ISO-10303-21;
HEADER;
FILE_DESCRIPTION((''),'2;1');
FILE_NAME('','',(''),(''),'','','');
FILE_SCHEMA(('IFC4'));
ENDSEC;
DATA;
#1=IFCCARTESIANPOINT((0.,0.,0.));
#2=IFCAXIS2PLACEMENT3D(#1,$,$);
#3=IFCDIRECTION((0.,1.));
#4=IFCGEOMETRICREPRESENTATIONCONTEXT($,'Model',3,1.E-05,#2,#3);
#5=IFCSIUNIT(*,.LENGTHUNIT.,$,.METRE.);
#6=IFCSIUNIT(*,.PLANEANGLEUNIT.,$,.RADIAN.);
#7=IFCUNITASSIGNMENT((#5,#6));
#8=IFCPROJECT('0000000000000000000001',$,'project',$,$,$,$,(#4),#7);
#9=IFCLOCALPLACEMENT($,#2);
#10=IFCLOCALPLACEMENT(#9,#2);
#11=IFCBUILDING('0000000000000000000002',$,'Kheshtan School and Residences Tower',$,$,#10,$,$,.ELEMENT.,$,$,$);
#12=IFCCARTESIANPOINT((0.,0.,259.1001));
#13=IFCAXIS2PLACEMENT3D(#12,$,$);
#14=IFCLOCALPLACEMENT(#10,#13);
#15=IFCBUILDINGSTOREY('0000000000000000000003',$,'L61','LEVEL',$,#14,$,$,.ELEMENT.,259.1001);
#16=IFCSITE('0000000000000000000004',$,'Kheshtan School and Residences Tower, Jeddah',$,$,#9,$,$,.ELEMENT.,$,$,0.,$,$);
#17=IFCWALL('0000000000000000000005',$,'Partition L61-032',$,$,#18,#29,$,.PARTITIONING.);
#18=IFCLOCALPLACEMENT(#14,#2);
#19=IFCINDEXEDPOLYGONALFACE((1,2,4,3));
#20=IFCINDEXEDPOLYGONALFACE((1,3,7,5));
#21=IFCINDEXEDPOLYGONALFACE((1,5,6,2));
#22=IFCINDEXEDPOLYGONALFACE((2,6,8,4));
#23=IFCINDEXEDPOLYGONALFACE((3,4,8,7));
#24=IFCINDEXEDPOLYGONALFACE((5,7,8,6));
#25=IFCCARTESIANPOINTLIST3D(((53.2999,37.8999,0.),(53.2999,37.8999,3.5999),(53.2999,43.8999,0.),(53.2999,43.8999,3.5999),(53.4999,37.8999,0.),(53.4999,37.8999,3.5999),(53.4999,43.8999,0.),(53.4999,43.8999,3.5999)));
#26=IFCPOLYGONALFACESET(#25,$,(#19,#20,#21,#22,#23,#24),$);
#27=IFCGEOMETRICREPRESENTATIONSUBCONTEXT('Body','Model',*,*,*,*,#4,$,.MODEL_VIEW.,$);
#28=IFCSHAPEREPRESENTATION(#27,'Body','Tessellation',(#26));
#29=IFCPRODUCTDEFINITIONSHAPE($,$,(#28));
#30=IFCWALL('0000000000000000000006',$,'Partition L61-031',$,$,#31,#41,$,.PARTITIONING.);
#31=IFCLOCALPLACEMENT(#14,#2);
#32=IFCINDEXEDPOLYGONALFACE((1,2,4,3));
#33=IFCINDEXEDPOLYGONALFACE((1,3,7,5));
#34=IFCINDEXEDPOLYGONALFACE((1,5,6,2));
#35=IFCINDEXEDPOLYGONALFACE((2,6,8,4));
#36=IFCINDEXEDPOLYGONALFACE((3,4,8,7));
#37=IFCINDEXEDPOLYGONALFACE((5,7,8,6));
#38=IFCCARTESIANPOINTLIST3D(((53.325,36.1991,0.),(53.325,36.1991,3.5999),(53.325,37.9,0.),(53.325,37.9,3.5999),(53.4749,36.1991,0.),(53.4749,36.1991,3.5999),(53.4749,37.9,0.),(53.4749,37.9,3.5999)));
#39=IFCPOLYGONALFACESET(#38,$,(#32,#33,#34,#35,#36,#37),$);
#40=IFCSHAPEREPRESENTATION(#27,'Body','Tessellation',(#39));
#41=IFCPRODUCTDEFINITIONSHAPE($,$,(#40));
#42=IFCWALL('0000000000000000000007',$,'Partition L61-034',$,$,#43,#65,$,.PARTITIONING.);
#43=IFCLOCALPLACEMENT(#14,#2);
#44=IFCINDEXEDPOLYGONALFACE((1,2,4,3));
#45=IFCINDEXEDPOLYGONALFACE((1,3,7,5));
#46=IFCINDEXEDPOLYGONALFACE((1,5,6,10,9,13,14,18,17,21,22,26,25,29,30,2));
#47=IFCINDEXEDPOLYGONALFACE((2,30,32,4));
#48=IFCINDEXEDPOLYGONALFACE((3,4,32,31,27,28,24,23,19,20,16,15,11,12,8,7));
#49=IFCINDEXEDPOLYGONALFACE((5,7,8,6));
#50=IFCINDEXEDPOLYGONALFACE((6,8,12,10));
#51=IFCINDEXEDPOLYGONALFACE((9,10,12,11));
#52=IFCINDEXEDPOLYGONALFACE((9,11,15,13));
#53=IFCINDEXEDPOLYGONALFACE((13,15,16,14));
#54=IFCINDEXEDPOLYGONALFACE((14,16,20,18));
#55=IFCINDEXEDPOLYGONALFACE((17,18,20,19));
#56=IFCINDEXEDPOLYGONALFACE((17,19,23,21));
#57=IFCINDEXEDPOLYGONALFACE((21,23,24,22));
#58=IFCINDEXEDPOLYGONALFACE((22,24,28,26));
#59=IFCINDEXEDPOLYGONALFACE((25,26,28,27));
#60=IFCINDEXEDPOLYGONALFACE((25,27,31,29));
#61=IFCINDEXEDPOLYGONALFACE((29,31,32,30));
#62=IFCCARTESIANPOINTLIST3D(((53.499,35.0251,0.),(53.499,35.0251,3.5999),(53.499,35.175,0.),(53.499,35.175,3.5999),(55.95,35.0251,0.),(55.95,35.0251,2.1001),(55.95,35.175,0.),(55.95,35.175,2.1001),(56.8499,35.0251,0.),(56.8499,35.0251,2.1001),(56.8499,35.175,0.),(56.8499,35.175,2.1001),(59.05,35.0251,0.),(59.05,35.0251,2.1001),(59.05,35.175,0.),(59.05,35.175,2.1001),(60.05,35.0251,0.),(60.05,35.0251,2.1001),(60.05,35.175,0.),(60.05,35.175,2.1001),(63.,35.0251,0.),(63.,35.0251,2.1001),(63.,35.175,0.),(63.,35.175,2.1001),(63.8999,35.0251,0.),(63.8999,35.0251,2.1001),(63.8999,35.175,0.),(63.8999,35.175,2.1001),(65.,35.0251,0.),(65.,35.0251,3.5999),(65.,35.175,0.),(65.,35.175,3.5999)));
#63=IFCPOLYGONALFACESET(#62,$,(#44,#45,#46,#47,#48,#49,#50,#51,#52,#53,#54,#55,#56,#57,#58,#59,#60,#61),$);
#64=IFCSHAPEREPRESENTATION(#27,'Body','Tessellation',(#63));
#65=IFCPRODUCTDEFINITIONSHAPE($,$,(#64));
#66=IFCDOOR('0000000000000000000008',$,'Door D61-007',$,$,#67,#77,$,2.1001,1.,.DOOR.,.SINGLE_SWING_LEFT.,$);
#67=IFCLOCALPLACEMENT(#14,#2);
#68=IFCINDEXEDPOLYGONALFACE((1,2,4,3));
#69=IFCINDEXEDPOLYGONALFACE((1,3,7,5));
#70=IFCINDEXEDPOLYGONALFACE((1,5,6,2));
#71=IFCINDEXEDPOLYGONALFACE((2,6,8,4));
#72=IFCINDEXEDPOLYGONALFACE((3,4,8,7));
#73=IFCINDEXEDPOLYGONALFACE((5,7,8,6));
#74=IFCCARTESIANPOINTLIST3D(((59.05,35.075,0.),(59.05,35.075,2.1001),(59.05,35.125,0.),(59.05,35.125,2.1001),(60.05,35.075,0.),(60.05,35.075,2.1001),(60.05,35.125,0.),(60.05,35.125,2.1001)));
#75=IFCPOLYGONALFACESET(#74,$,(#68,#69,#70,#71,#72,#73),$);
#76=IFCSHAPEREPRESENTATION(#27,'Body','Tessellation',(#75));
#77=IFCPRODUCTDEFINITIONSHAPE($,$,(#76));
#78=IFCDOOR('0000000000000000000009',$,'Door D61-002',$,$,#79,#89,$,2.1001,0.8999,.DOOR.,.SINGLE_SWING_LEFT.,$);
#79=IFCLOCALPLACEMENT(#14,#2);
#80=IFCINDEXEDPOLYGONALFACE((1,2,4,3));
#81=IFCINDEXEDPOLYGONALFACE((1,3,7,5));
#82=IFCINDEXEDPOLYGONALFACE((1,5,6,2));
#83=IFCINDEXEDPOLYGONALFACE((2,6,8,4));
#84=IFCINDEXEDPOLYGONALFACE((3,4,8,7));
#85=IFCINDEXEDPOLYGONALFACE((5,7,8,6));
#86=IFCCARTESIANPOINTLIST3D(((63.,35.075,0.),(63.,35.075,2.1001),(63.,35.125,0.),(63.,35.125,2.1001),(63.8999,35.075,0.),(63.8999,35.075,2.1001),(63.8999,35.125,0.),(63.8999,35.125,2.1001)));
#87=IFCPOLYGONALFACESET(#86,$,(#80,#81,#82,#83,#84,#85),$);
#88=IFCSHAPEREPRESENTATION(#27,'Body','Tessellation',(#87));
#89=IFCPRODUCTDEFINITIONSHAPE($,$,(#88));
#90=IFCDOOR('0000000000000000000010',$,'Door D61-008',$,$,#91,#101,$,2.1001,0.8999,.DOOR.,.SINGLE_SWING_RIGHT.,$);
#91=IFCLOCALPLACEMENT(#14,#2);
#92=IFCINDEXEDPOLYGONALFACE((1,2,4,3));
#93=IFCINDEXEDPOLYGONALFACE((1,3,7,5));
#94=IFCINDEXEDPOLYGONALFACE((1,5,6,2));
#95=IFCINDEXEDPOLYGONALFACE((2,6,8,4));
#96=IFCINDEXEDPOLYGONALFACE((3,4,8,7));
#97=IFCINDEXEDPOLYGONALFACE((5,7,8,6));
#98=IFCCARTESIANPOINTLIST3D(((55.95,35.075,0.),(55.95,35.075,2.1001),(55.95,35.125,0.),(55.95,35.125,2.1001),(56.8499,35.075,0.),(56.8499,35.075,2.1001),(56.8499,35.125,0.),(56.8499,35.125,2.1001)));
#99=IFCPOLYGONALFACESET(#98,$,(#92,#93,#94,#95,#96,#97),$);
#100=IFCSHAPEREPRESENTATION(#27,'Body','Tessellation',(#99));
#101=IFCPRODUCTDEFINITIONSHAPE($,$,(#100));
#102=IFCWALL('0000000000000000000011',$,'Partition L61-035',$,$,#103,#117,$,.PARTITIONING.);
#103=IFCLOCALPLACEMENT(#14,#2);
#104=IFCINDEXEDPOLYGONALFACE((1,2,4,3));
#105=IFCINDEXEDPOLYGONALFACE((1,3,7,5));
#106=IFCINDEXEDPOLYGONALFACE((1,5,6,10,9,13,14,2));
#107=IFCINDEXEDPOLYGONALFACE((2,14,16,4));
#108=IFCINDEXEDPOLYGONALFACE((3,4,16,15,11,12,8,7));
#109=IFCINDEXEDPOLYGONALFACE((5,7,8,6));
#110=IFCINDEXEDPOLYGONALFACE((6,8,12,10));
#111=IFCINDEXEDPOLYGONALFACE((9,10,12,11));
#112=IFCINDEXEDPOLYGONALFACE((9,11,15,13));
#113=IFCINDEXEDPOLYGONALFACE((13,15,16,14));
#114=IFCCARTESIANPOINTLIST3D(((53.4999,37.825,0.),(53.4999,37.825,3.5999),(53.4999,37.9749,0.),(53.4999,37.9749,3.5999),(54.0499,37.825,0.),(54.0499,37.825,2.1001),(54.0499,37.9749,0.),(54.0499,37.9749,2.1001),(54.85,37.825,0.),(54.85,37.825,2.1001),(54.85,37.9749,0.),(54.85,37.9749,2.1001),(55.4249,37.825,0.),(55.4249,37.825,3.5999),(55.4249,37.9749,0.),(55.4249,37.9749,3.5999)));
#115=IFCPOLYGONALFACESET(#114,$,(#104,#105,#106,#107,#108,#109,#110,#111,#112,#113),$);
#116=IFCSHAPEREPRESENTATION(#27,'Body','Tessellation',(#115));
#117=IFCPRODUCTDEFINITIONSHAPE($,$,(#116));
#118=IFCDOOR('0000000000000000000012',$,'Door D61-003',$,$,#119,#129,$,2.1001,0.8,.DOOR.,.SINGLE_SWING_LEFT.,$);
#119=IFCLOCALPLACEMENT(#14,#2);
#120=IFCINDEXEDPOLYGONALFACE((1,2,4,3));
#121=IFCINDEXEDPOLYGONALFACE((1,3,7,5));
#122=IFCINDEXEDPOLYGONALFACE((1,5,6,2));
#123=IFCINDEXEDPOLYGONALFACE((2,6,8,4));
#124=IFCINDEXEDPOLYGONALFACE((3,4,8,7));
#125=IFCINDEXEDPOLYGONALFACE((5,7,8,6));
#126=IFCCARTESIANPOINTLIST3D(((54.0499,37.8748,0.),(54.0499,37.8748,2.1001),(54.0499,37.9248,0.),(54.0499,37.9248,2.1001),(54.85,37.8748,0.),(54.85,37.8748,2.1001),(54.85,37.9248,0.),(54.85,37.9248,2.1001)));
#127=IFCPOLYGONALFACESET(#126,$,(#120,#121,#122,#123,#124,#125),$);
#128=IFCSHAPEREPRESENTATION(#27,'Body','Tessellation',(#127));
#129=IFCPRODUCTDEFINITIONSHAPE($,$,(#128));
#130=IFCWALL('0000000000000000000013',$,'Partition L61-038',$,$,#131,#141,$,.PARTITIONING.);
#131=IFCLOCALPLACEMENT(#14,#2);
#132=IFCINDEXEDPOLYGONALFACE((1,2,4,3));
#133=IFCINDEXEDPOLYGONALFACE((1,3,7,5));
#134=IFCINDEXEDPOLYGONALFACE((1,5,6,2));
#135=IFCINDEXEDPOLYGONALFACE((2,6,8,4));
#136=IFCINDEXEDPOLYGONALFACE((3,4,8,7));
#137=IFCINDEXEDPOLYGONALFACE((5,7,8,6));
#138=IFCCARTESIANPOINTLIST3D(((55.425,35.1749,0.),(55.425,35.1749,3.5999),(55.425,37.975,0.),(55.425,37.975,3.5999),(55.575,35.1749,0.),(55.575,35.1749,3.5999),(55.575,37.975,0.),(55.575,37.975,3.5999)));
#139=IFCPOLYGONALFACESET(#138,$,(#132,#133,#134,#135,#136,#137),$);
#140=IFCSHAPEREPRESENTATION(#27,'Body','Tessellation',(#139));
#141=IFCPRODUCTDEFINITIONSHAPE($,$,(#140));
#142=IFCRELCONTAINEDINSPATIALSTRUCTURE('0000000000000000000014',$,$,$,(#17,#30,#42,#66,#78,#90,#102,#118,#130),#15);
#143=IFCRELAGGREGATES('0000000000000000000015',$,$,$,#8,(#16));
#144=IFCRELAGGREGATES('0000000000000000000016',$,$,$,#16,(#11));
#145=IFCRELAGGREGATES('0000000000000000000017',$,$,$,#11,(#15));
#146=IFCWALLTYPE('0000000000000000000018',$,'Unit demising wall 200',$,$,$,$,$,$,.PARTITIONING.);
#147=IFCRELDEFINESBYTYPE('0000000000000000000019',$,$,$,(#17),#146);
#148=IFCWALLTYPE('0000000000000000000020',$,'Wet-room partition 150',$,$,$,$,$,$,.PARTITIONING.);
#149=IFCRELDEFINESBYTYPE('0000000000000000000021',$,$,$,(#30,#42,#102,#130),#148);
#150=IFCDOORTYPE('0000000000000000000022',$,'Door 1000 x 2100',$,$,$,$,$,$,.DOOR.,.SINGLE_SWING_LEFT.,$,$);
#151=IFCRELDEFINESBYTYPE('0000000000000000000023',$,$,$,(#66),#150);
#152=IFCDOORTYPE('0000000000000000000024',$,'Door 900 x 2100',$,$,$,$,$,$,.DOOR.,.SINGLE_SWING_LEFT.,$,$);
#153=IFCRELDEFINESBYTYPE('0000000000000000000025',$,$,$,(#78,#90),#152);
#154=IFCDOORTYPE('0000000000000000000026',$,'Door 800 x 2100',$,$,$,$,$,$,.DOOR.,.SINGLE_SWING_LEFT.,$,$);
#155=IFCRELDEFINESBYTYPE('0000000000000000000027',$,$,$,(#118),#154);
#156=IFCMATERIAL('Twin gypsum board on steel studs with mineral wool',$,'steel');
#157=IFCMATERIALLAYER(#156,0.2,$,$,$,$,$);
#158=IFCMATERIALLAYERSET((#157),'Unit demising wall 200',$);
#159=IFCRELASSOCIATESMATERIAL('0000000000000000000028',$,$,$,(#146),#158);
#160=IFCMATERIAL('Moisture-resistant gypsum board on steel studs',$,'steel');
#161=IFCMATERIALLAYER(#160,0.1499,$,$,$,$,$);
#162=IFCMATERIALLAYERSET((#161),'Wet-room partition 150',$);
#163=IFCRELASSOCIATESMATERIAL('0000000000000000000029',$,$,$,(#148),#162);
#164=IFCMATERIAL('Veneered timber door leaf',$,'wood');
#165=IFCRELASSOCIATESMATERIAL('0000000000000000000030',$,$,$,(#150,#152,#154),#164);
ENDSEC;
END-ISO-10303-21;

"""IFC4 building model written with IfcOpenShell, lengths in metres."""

from ifc_helpers import new_model, si_unit, direction, frame, frame_2d, origin, place, context, subcontext, project, spatial, rectangle, extrude, source, transform, mapped, material, layer, layer_set, type_object, element, fill, save


model = new_model("IFC4")

# Units and contexts
model_context = context("Model", 3, precision=1e-05, world=origin(), true_north=direction((0.0, 1.0)))
body_context = subcontext(model_context, "Body", "Model", "MODEL_VIEW")
ifc_project = project(units=[si_unit("LENGTHUNIT", "METRE"), si_unit("PLANEANGLEUNIT", "RADIAN")], contexts=[model_context])

# Site, building, storey
site_placement = place(None, origin())
site = spatial("IfcSite", under=ifc_project, at=site_placement, Name="Kheshtan School and Residences Tower, Jeddah", CompositionType="ELEMENT", RefElevation=0.0)
building_placement = place(site_placement, origin())
building = spatial("IfcBuilding", under=site, at=building_placement, Name="Kheshtan School and Residences Tower", CompositionType="ELEMENT")
storey_placement = place(building_placement, frame((0.0, 0.0, 259.1001)))
storey = spatial("IfcBuildingStorey", under=building, at=storey_placement, Name="L61", Description="LEVEL", CompositionType="ELEMENT", Elevation=259.1001)

# Walls
ifc_material_1 = material(Name="Twin gypsum board on steel studs with mineral wool", Category="steel")
ifc_layer_1 = layer(ifc_material_1, 0.2)
ifc_layer_set_1 = layer_set([ifc_layer_1], Name="Unit demising wall 200")
wall_type_1 = type_object("IfcWallType", Name="Unit demising wall 200", PredefinedType="PARTITIONING", material=ifc_layer_set_1)
wall_1_placement = place(storey_placement, frame((53.3999, 37.8999, 0.0), z_axis=(0.0, 0.0, 1.0), x_axis=(0.0, 1.0, 0.0)))
element("IfcWall", 1, at=wall_1_placement, inside=storey, type_object=wall_type_1, Name="Partition L61-032", PredefinedType="PARTITIONING", context=body_context, shape_type="SweptSolid", body=[
    extrude(rectangle(XDim=6.0, YDim=0.2, at=frame_2d((3.0, 0.0))), origin(), (0.0, 0.0, 1.0), 3.5999),
])
ifc_material_2 = material(Name="Moisture-resistant gypsum board on steel studs", Category="steel")
ifc_layer_2 = layer(ifc_material_2, 0.1499)
ifc_layer_set_2 = layer_set([ifc_layer_2], Name="Wet-room partition 150")
wall_type_2 = type_object("IfcWallType", Name="Wet-room partition 150", PredefinedType="PARTITIONING", material=ifc_layer_set_2)
wall_2_placement = place(storey_placement, frame((53.3999, 36.199, 0.0), z_axis=(0.0, 0.0, 1.0), x_axis=(0.0, 1.0, 0.0)))
element("IfcWall", 2, at=wall_2_placement, inside=storey, type_object=wall_type_2, Name="Partition L61-031", PredefinedType="PARTITIONING", context=body_context, shape_type="SweptSolid", body=[
    extrude(rectangle(XDim=1.7009, YDim=0.1499, at=frame_2d((0.8506, 0.0))), origin(), (0.0, 0.0, 1.0), 3.5999),
])

# Wall, openings, doors
wall_3_placement = place(storey_placement, frame((53.499, 35.1001, 0.0), z_axis=(0.0, 0.0, 1.0), x_axis=(1.0, 0.0, 0.0)))
wall_3 = element("IfcWall", 3, at=wall_3_placement, inside=storey, type_object=wall_type_2, Name="Partition L61-034", PredefinedType="PARTITIONING", context=body_context, shape_type="SweptSolid", body=[
    extrude(rectangle(XDim=11.501, YDim=0.1499, at=frame_2d((5.7505, 0.0))), origin(), (0.0, 0.0, 1.0), 3.5999),
])
opening_1_placement = place(wall_3_placement, frame((9.501, 0.0, 0.0)))
opening_1 = element("IfcOpeningElement", 4, at=opening_1_placement, cuts=wall_3, PredefinedType="OPENING", context=body_context, shape_type="SweptSolid", body=[
    extrude(rectangle(XDim=0.8999, YDim=2.1001, at=frame_2d((0.45, 1.05))), frame((0.0, 0.085, 0.0), z_axis=(0.0, -1.0, 0.0), x_axis=(1.0, 0.0, 0.0)), (0.0, 0.0, 1.0), 0.1699),
])
opening_2_placement = place(wall_3_placement, frame((5.551, 0.0, 0.0)))
opening_2 = element("IfcOpeningElement", 5, at=opening_2_placement, cuts=wall_3, PredefinedType="OPENING", context=body_context, shape_type="SweptSolid", body=[
    extrude(rectangle(XDim=1.0, YDim=2.1001, at=frame_2d((0.5, 1.05))), frame((0.0, 0.085, 0.0), z_axis=(0.0, -1.0, 0.0), x_axis=(1.0, 0.0, 0.0)), (0.0, 0.0, 1.0), 0.1699),
])
opening_3_placement = place(wall_3_placement, frame((2.4509, 0.0, 0.0)))
opening_3 = element("IfcOpeningElement", 6, at=opening_3_placement, cuts=wall_3, PredefinedType="OPENING", context=body_context, shape_type="SweptSolid", body=[
    extrude(rectangle(XDim=0.8999, YDim=2.1001, at=frame_2d((0.45, 1.05))), frame((0.0, 0.085, 0.0), z_axis=(0.0, -1.0, 0.0), x_axis=(1.0, 0.0, 0.0)), (0.0, 0.0, 1.0), 0.1699),
])
ifc_material_3 = material(Name="Veneered timber door leaf", Category="wood")
door_type_1 = type_object("IfcDoorType", Name="Door 1000 x 2100", OperationType="SINGLE_SWING_LEFT", PredefinedType="DOOR", material=ifc_material_3)
shared_shape_1 = source(origin(), body_context, "Body", "SweptSolid", [
    extrude(rectangle(XDim=1.0, YDim=2.1001, at=frame_2d((0.5, 1.05))), frame((0.0, 0.0249, 0.0), z_axis=(0.0, -1.0, 0.0), x_axis=(1.0, 0.0, 0.0)), (0.0, 0.0, 1.0), 0.05),
])
door_1_placement = place(opening_2_placement, origin())
door_1 = element("IfcDoor", 7, at=door_1_placement, inside=storey, type_object=door_type_1, Name="Door D61-007", OperationType="SINGLE_SWING_LEFT", OverallHeight=2.1001, OverallWidth=1.0, PredefinedType="DOOR", context=body_context, shape_type="MappedRepresentation", body=[
    mapped(shared_shape_1, transform((0.0, 0.0, 0.0), x_axis=(1.0, 0.0, 0.0), y_axis=(0.0, 1.0, 0.0), z_axis=(0.0, 0.0, 1.0), scale=1.0)),
])
fill(opening_2, door_1)
door_type_2 = type_object("IfcDoorType", Name="Door 900 x 2100", OperationType="SINGLE_SWING_LEFT", PredefinedType="DOOR", material=ifc_material_3)
shared_shape_2 = source(origin(), body_context, "Body", "SweptSolid", [
    extrude(rectangle(XDim=0.8999, YDim=2.1001, at=frame_2d((0.45, 1.05))), frame((0.0, 0.0249, 0.0), z_axis=(0.0, -1.0, 0.0), x_axis=(1.0, 0.0, 0.0)), (0.0, 0.0, 1.0), 0.05),
])
door_2_placement = place(opening_1_placement, origin())
door_2 = element("IfcDoor", 8, at=door_2_placement, inside=storey, type_object=door_type_2, Name="Door D61-002", OperationType="SINGLE_SWING_LEFT", OverallHeight=2.1001, OverallWidth=0.8999, PredefinedType="DOOR", context=body_context, shape_type="MappedRepresentation", body=[
    mapped(shared_shape_2, transform((0.0, 0.0, 0.0), x_axis=(1.0, 0.0, 0.0), y_axis=(0.0, 1.0, 0.0), z_axis=(0.0, 0.0, 1.0), scale=1.0)),
])
fill(opening_1, door_2)
door_3_placement = place(opening_3_placement, origin())
door_3 = element("IfcDoor", 9, at=door_3_placement, inside=storey, type_object=door_type_2, Name="Door D61-008", OperationType="SINGLE_SWING_RIGHT", OverallHeight=2.1001, OverallWidth=0.8999, PredefinedType="DOOR", context=body_context, shape_type="MappedRepresentation", body=[
    mapped(shared_shape_2, transform((0.0, 0.0, 0.0), x_axis=(1.0, 0.0, 0.0), y_axis=(0.0, 1.0, 0.0), z_axis=(0.0, 0.0, 1.0), scale=1.0)),
])
fill(opening_3, door_3)

# Wall, opening, door
wall_4_placement = place(storey_placement, frame((53.5, 37.8999, 0.0), z_axis=(0.0, 0.0, 1.0), x_axis=(1.0, 0.0, 0.0)))
wall_4 = element("IfcWall", 10, at=wall_4_placement, inside=storey, type_object=wall_type_2, Name="Partition L61-035", PredefinedType="PARTITIONING", context=body_context, shape_type="SweptSolid", body=[
    extrude(rectangle(XDim=1.925, YDim=0.1499, at=frame_2d((0.9624, 0.0))), origin(), (0.0, 0.0, 1.0), 3.5999),
])
opening_4_placement = place(wall_4_placement, frame((0.55, 0.0, 0.0)))
opening_4 = element("IfcOpeningElement", 11, at=opening_4_placement, cuts=wall_4, PredefinedType="OPENING", context=body_context, shape_type="SweptSolid", body=[
    extrude(rectangle(XDim=0.8, YDim=2.1001, at=frame_2d((0.3999, 1.05))), frame((0.0, 0.085, 0.0), z_axis=(0.0, -1.0, 0.0), x_axis=(1.0, 0.0, 0.0)), (0.0, 0.0, 1.0), 0.1699),
])
door_type_3 = type_object("IfcDoorType", Name="Door 800 x 2100", OperationType="SINGLE_SWING_LEFT", PredefinedType="DOOR", material=ifc_material_3)
shared_shape_3 = source(origin(), body_context, "Body", "SweptSolid", [
    extrude(rectangle(XDim=0.8, YDim=2.1001, at=frame_2d((0.3999, 1.05))), frame((0.0, 0.0249, 0.0), z_axis=(0.0, -1.0, 0.0), x_axis=(1.0, 0.0, 0.0)), (0.0, 0.0, 1.0), 0.05),
])
door_4_placement = place(opening_4_placement, origin())
door_4 = element("IfcDoor", 12, at=door_4_placement, inside=storey, type_object=door_type_3, Name="Door D61-003", OperationType="SINGLE_SWING_LEFT", OverallHeight=2.1001, OverallWidth=0.8, PredefinedType="DOOR", context=body_context, shape_type="MappedRepresentation", body=[
    mapped(shared_shape_3, transform((0.0, 0.0, 0.0), x_axis=(1.0, 0.0, 0.0), y_axis=(0.0, 1.0, 0.0), z_axis=(0.0, 0.0, 1.0), scale=1.0)),
])
fill(opening_4, door_4)

# Wall
wall_5_placement = place(storey_placement, frame((55.5, 35.175, 0.0), z_axis=(0.0, 0.0, 1.0), x_axis=(0.0, 1.0, 0.0)))
element("IfcWall", 13, at=wall_5_placement, inside=storey, type_object=wall_type_2, Name="Partition L61-038", PredefinedType="PARTITIONING", context=body_context, shape_type="SweptSolid", body=[
    extrude(rectangle(XDim=2.8, YDim=0.1499, at=frame_2d((1.3999, 0.0))), origin(), (0.0, 0.0, 1.0), 3.5999),
])

save(model, "model.ifc")
